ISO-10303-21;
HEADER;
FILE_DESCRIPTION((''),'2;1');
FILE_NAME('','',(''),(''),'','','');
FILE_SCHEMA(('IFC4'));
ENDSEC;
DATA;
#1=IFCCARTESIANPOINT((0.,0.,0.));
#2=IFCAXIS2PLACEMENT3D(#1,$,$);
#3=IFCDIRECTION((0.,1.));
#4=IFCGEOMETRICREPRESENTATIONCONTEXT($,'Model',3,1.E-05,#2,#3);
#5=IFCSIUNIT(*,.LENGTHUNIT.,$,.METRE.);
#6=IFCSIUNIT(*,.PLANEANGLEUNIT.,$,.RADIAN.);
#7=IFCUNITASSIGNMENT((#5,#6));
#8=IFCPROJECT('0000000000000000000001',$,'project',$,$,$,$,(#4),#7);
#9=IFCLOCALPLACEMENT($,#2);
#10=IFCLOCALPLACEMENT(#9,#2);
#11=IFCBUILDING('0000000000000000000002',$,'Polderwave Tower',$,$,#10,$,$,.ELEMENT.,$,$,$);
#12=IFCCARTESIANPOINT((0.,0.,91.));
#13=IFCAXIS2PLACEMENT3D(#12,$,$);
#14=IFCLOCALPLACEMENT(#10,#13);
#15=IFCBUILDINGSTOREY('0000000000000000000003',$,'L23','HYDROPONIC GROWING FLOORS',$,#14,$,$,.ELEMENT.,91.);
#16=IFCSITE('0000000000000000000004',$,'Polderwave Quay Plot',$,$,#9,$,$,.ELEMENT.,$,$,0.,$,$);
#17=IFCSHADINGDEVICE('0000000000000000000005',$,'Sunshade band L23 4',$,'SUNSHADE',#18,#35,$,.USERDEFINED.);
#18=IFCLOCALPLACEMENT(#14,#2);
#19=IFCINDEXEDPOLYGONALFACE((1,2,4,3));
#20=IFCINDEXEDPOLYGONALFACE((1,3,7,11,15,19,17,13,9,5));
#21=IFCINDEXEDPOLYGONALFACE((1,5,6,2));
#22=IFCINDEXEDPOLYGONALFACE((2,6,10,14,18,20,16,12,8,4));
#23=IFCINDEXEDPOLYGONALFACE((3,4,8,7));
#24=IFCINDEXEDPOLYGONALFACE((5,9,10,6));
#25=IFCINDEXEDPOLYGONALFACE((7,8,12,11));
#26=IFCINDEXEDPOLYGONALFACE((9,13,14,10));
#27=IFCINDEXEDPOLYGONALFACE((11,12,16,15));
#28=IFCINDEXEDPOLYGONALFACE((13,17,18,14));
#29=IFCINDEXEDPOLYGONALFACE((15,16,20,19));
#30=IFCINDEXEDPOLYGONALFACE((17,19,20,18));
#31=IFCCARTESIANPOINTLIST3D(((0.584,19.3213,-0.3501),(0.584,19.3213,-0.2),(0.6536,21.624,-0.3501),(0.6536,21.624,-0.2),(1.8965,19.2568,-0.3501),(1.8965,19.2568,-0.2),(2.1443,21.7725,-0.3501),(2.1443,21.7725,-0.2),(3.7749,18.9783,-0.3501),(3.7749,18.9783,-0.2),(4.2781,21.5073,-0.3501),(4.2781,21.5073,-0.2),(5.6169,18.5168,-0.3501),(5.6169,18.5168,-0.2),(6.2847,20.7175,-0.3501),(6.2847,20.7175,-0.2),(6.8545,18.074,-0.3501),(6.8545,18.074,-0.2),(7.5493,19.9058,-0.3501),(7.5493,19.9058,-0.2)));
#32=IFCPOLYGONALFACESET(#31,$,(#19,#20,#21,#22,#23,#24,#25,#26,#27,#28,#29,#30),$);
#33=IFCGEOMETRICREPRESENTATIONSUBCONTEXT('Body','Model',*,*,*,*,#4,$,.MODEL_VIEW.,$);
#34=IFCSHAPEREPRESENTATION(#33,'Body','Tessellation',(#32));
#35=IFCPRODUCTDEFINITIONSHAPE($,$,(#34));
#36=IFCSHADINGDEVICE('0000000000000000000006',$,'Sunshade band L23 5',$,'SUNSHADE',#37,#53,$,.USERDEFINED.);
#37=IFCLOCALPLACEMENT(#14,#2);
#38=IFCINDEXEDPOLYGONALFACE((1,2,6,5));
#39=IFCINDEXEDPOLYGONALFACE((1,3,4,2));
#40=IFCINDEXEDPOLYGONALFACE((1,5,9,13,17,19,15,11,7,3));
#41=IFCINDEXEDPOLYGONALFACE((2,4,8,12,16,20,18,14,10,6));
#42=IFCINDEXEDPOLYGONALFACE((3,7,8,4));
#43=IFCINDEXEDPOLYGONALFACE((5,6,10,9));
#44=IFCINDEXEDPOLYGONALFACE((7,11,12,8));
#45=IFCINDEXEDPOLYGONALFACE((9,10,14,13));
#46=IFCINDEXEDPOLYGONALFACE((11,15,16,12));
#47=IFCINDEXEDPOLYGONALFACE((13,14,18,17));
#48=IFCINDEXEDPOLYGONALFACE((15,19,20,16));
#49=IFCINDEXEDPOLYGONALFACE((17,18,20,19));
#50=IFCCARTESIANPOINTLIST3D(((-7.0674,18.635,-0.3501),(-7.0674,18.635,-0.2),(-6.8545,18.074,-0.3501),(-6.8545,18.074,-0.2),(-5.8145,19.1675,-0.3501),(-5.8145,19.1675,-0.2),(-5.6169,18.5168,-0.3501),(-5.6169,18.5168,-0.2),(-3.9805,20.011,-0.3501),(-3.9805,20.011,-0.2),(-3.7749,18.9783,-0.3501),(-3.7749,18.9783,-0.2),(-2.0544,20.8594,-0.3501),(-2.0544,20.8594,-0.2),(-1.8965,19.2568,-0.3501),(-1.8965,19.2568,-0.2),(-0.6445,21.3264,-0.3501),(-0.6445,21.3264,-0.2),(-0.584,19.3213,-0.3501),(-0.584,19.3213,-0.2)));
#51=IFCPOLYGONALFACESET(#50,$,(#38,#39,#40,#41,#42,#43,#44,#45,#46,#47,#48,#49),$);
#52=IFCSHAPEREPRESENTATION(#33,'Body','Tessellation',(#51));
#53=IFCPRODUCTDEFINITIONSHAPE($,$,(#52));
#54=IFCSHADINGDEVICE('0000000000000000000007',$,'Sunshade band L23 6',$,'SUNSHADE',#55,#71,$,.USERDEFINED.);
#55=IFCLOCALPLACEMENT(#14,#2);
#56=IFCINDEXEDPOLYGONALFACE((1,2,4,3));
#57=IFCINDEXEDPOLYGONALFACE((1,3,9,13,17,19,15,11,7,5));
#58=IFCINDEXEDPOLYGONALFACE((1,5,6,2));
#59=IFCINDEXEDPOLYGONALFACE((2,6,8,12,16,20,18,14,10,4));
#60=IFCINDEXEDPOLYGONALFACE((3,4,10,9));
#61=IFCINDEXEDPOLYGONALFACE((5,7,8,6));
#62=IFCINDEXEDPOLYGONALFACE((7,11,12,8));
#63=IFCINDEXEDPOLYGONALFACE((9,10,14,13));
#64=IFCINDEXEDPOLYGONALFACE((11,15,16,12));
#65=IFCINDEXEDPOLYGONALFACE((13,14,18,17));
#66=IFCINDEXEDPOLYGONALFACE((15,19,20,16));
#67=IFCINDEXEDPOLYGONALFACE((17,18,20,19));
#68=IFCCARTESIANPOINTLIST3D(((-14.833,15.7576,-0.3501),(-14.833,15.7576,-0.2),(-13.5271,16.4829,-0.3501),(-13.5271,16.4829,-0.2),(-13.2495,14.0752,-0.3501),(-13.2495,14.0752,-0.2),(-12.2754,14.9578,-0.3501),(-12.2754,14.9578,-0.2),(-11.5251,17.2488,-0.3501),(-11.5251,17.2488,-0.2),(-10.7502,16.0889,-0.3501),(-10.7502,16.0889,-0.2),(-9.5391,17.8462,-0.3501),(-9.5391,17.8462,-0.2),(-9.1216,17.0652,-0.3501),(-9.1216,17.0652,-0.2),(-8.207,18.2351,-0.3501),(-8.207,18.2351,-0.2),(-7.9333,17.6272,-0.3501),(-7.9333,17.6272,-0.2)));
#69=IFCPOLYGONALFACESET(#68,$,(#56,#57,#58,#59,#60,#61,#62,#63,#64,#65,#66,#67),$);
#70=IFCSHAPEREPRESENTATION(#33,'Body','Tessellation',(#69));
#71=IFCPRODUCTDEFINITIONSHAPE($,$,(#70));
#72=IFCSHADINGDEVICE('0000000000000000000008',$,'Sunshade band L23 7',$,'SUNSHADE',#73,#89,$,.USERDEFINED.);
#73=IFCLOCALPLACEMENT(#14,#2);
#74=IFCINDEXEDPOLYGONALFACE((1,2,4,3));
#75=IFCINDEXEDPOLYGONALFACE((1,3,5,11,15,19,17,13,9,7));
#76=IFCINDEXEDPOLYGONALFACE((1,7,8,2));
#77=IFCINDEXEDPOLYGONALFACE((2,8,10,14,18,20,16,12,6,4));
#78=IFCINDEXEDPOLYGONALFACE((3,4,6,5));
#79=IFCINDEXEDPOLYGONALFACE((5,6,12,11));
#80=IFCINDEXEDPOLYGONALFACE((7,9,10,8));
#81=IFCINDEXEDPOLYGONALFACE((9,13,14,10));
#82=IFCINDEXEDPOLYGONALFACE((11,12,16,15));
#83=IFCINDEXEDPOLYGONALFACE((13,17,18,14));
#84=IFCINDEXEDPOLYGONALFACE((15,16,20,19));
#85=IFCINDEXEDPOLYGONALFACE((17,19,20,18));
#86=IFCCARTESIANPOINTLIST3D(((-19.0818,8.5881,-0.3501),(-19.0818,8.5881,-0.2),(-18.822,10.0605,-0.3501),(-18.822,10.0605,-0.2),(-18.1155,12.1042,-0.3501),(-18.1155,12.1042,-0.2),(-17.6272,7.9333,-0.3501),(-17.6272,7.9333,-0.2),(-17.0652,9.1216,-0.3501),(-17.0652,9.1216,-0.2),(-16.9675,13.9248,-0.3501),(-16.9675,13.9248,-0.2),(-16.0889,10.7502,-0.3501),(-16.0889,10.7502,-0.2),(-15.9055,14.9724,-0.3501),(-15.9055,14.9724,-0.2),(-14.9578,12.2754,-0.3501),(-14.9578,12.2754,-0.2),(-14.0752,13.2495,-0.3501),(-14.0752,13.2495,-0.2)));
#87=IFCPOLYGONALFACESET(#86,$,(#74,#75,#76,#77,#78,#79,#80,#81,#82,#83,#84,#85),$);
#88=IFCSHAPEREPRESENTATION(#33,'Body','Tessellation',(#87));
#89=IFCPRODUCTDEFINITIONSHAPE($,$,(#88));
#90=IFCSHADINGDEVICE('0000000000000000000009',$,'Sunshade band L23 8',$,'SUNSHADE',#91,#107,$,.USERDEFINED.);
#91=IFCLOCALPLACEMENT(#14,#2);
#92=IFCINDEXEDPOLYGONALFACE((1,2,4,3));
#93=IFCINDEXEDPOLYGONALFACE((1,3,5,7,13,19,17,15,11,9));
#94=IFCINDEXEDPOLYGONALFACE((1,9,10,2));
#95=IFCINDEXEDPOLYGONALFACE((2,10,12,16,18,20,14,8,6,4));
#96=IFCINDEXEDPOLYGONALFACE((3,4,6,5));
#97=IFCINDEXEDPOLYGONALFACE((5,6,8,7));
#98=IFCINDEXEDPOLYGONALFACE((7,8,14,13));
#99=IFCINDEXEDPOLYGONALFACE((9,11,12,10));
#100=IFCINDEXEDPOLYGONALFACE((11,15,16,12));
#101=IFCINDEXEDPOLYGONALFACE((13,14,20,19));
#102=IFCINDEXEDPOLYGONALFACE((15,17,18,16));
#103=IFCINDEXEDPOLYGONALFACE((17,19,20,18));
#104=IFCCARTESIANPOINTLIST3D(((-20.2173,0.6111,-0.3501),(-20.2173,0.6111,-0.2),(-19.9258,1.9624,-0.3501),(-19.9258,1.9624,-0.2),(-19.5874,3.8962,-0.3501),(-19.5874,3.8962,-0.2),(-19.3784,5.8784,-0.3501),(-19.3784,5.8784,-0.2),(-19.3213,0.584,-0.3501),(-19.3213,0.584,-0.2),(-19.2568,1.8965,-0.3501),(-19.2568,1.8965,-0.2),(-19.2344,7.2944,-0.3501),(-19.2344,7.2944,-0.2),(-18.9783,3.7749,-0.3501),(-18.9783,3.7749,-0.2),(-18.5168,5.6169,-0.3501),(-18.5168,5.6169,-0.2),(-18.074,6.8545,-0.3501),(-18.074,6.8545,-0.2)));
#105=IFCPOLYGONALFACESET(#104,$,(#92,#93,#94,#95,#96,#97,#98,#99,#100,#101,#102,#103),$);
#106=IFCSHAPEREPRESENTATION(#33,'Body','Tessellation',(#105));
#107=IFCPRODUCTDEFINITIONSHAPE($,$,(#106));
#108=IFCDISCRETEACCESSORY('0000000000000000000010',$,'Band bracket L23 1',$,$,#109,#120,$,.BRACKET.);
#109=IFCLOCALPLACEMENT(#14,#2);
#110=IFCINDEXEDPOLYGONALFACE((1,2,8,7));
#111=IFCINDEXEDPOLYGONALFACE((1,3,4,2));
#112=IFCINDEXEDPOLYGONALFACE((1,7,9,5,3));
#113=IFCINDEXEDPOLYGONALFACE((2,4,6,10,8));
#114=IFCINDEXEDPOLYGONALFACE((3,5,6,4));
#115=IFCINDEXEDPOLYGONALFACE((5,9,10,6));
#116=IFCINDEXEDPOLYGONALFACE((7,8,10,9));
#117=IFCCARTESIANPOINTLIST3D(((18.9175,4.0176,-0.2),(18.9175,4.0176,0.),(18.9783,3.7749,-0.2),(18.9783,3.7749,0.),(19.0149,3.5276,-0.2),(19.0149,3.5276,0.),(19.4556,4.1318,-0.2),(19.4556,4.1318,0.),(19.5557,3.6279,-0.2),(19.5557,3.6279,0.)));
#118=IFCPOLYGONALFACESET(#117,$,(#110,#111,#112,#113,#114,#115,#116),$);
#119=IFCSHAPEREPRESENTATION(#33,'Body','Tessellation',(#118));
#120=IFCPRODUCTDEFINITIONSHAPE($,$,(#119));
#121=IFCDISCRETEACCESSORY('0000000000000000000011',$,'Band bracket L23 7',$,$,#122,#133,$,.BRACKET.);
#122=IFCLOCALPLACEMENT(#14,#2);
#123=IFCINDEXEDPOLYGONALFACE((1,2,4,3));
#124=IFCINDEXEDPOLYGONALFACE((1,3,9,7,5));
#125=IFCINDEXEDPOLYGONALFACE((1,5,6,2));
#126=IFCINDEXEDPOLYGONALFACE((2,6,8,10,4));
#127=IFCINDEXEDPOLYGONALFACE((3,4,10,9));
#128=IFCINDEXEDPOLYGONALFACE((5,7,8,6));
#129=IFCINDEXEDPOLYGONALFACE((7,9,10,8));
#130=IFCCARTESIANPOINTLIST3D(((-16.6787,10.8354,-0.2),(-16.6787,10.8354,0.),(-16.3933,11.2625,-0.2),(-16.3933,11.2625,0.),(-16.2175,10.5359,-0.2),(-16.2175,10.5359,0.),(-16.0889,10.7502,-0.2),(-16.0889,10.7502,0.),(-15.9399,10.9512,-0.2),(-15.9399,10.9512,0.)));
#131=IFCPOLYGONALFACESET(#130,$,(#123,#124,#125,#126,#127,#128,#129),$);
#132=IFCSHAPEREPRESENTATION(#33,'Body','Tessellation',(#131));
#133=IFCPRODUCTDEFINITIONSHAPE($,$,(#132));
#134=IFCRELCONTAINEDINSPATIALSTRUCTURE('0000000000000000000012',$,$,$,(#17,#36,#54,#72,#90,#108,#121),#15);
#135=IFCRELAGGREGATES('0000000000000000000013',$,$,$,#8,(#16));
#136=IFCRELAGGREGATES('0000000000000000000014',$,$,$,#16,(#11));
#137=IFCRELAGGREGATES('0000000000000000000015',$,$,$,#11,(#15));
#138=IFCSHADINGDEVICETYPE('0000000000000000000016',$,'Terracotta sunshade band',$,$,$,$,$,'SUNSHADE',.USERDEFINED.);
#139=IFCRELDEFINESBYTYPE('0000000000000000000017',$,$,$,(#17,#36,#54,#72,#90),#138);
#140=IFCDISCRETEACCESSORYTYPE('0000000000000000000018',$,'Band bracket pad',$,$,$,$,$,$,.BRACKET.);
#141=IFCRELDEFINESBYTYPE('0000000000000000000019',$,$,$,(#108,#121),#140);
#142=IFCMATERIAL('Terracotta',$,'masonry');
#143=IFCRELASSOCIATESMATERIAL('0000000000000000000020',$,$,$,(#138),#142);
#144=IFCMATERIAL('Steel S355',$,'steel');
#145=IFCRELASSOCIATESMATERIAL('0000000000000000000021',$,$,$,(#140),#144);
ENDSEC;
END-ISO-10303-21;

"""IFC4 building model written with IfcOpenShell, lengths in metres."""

from ifc_helpers import new_model, si_unit, direction, frame, origin, place, context, subcontext, project, spatial, polyline, outline, extrude, material, type_object, element, save


model = new_model("IFC4")

# Units and contexts
model_context = context("Model", 3, precision=1e-05, world=origin(), true_north=direction((0.0, 1.0)))
body_context = subcontext(model_context, "Body", "Model", "MODEL_VIEW")
ifc_project = project(units=[si_unit("LENGTHUNIT", "METRE"), si_unit("PLANEANGLEUNIT", "RADIAN")], contexts=[model_context])

# Site, building, storey
site_placement = place(None, origin())
site = spatial("IfcSite", under=ifc_project, at=site_placement, Name="Polderwave Quay Plot", CompositionType="ELEMENT", RefElevation=0.0)
building_placement = place(site_placement, origin())
building = spatial("IfcBuilding", under=site, at=building_placement, Name="Polderwave Tower", CompositionType="ELEMENT")
storey_placement = place(building_placement, frame((0.0, 0.0, 91.0)))
storey = spatial("IfcBuildingStorey", under=building, at=storey_placement, Name="L23", Description="HYDROPONIC GROWING FLOORS", CompositionType="ELEMENT", Elevation=91.0)

# Shading devices
ifc_material_1 = material(Name="Terracotta", Category="masonry")
shading_device_type = type_object("IfcShadingDeviceType", Name="Terracotta sunshade band", ElementType="SUNSHADE", PredefinedType="USERDEFINED", material=ifc_material_1)
shading_device_1_placement = place(storey_placement, frame((0.0, 0.0, -0.3501)))
element("IfcShadingDevice", 1, at=shading_device_1_placement, inside=storey, type_object=shading_device_type, Name="Sunshade band L23 4", ObjectType="SUNSHADE", PredefinedType="USERDEFINED", context=body_context, shape_type="SweptSolid", body=[
    extrude(outline(polyline([(6.8545, 18.074), (5.6169, 18.5168), (3.7749, 18.9783), (1.8965, 19.2568), (0.584, 19.3213), (0.6536, 21.624), (2.1443, 21.7725), (4.2781, 21.5073), (6.2847, 20.7175), (7.5493, 19.9058), (6.8545, 18.074)])), origin(), (0.0, 0.0, 1.0), 0.1501),
])
shading_device_2_placement = place(storey_placement, frame((0.0, 0.0, -0.3501)))
element("IfcShadingDevice", 2, at=shading_device_2_placement, inside=storey, type_object=shading_device_type, Name="Sunshade band L23 5", ObjectType="SUNSHADE", PredefinedType="USERDEFINED", context=body_context, shape_type="SweptSolid", body=[
    extrude(outline(polyline([(-0.584, 19.3213), (-1.8965, 19.2568), (-3.7749, 18.9783), (-5.6169, 18.5168), (-6.8545, 18.074), (-7.0674, 18.635), (-5.8145, 19.1675), (-3.9805, 20.011), (-2.0544, 20.8594), (-0.6445, 21.3264), (-0.584, 19.3213)])), origin(), (0.0, 0.0, 1.0), 0.1501),
])
shading_device_3_placement = place(storey_placement, frame((0.0, 0.0, -0.3501)))
element("IfcShadingDevice", 3, at=shading_device_3_placement, inside=storey, type_object=shading_device_type, Name="Sunshade band L23 6", ObjectType="SUNSHADE", PredefinedType="USERDEFINED", context=body_context, shape_type="SweptSolid", body=[
    extrude(outline(polyline([(-7.9333, 17.6272), (-9.1216, 17.0652), (-10.7502, 16.0889), (-12.2754, 14.9578), (-13.2495, 14.0752), (-14.833, 15.7576), (-13.5271, 16.4829), (-11.5251, 17.2488), (-9.5391, 17.8462), (-8.207, 18.2351), (-7.9333, 17.6272)])), origin(), (0.0, 0.0, 1.0), 0.1501),
])
shading_device_4_placement = place(storey_placement, frame((0.0, 0.0, -0.3501)))
element("IfcShadingDevice", 4, at=shading_device_4_placement, inside=storey, type_object=shading_device_type, Name="Sunshade band L23 7", ObjectType="SUNSHADE", PredefinedType="USERDEFINED", context=body_context, shape_type="SweptSolid", body=[
    extrude(outline(polyline([(-14.0752, 13.2495), (-14.9578, 12.2754), (-16.0889, 10.7502), (-17.0652, 9.1216), (-17.6272, 7.9333), (-19.0818, 8.5881), (-18.822, 10.0605), (-18.1155, 12.1042), (-16.9675, 13.9248), (-15.9055, 14.9724), (-14.0752, 13.2495)])), origin(), (0.0, 0.0, 1.0), 0.1501),
])
shading_device_5_placement = place(storey_placement, frame((0.0, 0.0, -0.3501)))
element("IfcShadingDevice", 5, at=shading_device_5_placement, inside=storey, type_object=shading_device_type, Name="Sunshade band L23 8", ObjectType="SUNSHADE", PredefinedType="USERDEFINED", context=body_context, shape_type="SweptSolid", body=[
    extrude(outline(polyline([(-18.074, 6.8545), (-18.5168, 5.6169), (-18.9783, 3.7749), (-19.2568, 1.8965), (-19.3213, 0.584), (-20.2173, 0.6111), (-19.9258, 1.9624), (-19.5874, 3.8962), (-19.3784, 5.8784), (-19.2344, 7.2944), (-18.074, 6.8545)])), origin(), (0.0, 0.0, 1.0), 0.1501),
])

# Discrete accessories
ifc_material_2 = material(Name="Steel S355", Category="steel")
discrete_accessory_type = type_object("IfcDiscreteAccessoryType", Name="Band bracket pad", PredefinedType="BRACKET", material=ifc_material_2)
discrete_accessory_1_placement = place(storey_placement, frame((0.0, 0.0, -0.2)))
element("IfcDiscreteAccessory", 6, at=discrete_accessory_1_placement, inside=storey, type_object=discrete_accessory_type, Name="Band bracket L23 1", PredefinedType="BRACKET", context=body_context, shape_type="SweptSolid", body=[
    extrude(outline(polyline([(19.0149, 3.5276), (18.9783, 3.7749), (18.9175, 4.0176), (19.4556, 4.1318), (19.5557, 3.6279), (19.0149, 3.5276)])), origin(), (0.0, 0.0, 1.0), 0.2),
])
discrete_accessory_2_placement = place(storey_placement, frame((0.0, 0.0, -0.2)))
element("IfcDiscreteAccessory", 7, at=discrete_accessory_2_placement, inside=storey, type_object=discrete_accessory_type, Name="Band bracket L23 7", PredefinedType="BRACKET", context=body_context, shape_type="SweptSolid", body=[
    extrude(outline(polyline([(-15.9399, 10.9512), (-16.0889, 10.7502), (-16.2175, 10.5359), (-16.6787, 10.8354), (-16.3933, 11.2625), (-15.9399, 10.9512)])), origin(), (0.0, 0.0, 1.0), 0.2),
])

save(model, "model.ifc")
